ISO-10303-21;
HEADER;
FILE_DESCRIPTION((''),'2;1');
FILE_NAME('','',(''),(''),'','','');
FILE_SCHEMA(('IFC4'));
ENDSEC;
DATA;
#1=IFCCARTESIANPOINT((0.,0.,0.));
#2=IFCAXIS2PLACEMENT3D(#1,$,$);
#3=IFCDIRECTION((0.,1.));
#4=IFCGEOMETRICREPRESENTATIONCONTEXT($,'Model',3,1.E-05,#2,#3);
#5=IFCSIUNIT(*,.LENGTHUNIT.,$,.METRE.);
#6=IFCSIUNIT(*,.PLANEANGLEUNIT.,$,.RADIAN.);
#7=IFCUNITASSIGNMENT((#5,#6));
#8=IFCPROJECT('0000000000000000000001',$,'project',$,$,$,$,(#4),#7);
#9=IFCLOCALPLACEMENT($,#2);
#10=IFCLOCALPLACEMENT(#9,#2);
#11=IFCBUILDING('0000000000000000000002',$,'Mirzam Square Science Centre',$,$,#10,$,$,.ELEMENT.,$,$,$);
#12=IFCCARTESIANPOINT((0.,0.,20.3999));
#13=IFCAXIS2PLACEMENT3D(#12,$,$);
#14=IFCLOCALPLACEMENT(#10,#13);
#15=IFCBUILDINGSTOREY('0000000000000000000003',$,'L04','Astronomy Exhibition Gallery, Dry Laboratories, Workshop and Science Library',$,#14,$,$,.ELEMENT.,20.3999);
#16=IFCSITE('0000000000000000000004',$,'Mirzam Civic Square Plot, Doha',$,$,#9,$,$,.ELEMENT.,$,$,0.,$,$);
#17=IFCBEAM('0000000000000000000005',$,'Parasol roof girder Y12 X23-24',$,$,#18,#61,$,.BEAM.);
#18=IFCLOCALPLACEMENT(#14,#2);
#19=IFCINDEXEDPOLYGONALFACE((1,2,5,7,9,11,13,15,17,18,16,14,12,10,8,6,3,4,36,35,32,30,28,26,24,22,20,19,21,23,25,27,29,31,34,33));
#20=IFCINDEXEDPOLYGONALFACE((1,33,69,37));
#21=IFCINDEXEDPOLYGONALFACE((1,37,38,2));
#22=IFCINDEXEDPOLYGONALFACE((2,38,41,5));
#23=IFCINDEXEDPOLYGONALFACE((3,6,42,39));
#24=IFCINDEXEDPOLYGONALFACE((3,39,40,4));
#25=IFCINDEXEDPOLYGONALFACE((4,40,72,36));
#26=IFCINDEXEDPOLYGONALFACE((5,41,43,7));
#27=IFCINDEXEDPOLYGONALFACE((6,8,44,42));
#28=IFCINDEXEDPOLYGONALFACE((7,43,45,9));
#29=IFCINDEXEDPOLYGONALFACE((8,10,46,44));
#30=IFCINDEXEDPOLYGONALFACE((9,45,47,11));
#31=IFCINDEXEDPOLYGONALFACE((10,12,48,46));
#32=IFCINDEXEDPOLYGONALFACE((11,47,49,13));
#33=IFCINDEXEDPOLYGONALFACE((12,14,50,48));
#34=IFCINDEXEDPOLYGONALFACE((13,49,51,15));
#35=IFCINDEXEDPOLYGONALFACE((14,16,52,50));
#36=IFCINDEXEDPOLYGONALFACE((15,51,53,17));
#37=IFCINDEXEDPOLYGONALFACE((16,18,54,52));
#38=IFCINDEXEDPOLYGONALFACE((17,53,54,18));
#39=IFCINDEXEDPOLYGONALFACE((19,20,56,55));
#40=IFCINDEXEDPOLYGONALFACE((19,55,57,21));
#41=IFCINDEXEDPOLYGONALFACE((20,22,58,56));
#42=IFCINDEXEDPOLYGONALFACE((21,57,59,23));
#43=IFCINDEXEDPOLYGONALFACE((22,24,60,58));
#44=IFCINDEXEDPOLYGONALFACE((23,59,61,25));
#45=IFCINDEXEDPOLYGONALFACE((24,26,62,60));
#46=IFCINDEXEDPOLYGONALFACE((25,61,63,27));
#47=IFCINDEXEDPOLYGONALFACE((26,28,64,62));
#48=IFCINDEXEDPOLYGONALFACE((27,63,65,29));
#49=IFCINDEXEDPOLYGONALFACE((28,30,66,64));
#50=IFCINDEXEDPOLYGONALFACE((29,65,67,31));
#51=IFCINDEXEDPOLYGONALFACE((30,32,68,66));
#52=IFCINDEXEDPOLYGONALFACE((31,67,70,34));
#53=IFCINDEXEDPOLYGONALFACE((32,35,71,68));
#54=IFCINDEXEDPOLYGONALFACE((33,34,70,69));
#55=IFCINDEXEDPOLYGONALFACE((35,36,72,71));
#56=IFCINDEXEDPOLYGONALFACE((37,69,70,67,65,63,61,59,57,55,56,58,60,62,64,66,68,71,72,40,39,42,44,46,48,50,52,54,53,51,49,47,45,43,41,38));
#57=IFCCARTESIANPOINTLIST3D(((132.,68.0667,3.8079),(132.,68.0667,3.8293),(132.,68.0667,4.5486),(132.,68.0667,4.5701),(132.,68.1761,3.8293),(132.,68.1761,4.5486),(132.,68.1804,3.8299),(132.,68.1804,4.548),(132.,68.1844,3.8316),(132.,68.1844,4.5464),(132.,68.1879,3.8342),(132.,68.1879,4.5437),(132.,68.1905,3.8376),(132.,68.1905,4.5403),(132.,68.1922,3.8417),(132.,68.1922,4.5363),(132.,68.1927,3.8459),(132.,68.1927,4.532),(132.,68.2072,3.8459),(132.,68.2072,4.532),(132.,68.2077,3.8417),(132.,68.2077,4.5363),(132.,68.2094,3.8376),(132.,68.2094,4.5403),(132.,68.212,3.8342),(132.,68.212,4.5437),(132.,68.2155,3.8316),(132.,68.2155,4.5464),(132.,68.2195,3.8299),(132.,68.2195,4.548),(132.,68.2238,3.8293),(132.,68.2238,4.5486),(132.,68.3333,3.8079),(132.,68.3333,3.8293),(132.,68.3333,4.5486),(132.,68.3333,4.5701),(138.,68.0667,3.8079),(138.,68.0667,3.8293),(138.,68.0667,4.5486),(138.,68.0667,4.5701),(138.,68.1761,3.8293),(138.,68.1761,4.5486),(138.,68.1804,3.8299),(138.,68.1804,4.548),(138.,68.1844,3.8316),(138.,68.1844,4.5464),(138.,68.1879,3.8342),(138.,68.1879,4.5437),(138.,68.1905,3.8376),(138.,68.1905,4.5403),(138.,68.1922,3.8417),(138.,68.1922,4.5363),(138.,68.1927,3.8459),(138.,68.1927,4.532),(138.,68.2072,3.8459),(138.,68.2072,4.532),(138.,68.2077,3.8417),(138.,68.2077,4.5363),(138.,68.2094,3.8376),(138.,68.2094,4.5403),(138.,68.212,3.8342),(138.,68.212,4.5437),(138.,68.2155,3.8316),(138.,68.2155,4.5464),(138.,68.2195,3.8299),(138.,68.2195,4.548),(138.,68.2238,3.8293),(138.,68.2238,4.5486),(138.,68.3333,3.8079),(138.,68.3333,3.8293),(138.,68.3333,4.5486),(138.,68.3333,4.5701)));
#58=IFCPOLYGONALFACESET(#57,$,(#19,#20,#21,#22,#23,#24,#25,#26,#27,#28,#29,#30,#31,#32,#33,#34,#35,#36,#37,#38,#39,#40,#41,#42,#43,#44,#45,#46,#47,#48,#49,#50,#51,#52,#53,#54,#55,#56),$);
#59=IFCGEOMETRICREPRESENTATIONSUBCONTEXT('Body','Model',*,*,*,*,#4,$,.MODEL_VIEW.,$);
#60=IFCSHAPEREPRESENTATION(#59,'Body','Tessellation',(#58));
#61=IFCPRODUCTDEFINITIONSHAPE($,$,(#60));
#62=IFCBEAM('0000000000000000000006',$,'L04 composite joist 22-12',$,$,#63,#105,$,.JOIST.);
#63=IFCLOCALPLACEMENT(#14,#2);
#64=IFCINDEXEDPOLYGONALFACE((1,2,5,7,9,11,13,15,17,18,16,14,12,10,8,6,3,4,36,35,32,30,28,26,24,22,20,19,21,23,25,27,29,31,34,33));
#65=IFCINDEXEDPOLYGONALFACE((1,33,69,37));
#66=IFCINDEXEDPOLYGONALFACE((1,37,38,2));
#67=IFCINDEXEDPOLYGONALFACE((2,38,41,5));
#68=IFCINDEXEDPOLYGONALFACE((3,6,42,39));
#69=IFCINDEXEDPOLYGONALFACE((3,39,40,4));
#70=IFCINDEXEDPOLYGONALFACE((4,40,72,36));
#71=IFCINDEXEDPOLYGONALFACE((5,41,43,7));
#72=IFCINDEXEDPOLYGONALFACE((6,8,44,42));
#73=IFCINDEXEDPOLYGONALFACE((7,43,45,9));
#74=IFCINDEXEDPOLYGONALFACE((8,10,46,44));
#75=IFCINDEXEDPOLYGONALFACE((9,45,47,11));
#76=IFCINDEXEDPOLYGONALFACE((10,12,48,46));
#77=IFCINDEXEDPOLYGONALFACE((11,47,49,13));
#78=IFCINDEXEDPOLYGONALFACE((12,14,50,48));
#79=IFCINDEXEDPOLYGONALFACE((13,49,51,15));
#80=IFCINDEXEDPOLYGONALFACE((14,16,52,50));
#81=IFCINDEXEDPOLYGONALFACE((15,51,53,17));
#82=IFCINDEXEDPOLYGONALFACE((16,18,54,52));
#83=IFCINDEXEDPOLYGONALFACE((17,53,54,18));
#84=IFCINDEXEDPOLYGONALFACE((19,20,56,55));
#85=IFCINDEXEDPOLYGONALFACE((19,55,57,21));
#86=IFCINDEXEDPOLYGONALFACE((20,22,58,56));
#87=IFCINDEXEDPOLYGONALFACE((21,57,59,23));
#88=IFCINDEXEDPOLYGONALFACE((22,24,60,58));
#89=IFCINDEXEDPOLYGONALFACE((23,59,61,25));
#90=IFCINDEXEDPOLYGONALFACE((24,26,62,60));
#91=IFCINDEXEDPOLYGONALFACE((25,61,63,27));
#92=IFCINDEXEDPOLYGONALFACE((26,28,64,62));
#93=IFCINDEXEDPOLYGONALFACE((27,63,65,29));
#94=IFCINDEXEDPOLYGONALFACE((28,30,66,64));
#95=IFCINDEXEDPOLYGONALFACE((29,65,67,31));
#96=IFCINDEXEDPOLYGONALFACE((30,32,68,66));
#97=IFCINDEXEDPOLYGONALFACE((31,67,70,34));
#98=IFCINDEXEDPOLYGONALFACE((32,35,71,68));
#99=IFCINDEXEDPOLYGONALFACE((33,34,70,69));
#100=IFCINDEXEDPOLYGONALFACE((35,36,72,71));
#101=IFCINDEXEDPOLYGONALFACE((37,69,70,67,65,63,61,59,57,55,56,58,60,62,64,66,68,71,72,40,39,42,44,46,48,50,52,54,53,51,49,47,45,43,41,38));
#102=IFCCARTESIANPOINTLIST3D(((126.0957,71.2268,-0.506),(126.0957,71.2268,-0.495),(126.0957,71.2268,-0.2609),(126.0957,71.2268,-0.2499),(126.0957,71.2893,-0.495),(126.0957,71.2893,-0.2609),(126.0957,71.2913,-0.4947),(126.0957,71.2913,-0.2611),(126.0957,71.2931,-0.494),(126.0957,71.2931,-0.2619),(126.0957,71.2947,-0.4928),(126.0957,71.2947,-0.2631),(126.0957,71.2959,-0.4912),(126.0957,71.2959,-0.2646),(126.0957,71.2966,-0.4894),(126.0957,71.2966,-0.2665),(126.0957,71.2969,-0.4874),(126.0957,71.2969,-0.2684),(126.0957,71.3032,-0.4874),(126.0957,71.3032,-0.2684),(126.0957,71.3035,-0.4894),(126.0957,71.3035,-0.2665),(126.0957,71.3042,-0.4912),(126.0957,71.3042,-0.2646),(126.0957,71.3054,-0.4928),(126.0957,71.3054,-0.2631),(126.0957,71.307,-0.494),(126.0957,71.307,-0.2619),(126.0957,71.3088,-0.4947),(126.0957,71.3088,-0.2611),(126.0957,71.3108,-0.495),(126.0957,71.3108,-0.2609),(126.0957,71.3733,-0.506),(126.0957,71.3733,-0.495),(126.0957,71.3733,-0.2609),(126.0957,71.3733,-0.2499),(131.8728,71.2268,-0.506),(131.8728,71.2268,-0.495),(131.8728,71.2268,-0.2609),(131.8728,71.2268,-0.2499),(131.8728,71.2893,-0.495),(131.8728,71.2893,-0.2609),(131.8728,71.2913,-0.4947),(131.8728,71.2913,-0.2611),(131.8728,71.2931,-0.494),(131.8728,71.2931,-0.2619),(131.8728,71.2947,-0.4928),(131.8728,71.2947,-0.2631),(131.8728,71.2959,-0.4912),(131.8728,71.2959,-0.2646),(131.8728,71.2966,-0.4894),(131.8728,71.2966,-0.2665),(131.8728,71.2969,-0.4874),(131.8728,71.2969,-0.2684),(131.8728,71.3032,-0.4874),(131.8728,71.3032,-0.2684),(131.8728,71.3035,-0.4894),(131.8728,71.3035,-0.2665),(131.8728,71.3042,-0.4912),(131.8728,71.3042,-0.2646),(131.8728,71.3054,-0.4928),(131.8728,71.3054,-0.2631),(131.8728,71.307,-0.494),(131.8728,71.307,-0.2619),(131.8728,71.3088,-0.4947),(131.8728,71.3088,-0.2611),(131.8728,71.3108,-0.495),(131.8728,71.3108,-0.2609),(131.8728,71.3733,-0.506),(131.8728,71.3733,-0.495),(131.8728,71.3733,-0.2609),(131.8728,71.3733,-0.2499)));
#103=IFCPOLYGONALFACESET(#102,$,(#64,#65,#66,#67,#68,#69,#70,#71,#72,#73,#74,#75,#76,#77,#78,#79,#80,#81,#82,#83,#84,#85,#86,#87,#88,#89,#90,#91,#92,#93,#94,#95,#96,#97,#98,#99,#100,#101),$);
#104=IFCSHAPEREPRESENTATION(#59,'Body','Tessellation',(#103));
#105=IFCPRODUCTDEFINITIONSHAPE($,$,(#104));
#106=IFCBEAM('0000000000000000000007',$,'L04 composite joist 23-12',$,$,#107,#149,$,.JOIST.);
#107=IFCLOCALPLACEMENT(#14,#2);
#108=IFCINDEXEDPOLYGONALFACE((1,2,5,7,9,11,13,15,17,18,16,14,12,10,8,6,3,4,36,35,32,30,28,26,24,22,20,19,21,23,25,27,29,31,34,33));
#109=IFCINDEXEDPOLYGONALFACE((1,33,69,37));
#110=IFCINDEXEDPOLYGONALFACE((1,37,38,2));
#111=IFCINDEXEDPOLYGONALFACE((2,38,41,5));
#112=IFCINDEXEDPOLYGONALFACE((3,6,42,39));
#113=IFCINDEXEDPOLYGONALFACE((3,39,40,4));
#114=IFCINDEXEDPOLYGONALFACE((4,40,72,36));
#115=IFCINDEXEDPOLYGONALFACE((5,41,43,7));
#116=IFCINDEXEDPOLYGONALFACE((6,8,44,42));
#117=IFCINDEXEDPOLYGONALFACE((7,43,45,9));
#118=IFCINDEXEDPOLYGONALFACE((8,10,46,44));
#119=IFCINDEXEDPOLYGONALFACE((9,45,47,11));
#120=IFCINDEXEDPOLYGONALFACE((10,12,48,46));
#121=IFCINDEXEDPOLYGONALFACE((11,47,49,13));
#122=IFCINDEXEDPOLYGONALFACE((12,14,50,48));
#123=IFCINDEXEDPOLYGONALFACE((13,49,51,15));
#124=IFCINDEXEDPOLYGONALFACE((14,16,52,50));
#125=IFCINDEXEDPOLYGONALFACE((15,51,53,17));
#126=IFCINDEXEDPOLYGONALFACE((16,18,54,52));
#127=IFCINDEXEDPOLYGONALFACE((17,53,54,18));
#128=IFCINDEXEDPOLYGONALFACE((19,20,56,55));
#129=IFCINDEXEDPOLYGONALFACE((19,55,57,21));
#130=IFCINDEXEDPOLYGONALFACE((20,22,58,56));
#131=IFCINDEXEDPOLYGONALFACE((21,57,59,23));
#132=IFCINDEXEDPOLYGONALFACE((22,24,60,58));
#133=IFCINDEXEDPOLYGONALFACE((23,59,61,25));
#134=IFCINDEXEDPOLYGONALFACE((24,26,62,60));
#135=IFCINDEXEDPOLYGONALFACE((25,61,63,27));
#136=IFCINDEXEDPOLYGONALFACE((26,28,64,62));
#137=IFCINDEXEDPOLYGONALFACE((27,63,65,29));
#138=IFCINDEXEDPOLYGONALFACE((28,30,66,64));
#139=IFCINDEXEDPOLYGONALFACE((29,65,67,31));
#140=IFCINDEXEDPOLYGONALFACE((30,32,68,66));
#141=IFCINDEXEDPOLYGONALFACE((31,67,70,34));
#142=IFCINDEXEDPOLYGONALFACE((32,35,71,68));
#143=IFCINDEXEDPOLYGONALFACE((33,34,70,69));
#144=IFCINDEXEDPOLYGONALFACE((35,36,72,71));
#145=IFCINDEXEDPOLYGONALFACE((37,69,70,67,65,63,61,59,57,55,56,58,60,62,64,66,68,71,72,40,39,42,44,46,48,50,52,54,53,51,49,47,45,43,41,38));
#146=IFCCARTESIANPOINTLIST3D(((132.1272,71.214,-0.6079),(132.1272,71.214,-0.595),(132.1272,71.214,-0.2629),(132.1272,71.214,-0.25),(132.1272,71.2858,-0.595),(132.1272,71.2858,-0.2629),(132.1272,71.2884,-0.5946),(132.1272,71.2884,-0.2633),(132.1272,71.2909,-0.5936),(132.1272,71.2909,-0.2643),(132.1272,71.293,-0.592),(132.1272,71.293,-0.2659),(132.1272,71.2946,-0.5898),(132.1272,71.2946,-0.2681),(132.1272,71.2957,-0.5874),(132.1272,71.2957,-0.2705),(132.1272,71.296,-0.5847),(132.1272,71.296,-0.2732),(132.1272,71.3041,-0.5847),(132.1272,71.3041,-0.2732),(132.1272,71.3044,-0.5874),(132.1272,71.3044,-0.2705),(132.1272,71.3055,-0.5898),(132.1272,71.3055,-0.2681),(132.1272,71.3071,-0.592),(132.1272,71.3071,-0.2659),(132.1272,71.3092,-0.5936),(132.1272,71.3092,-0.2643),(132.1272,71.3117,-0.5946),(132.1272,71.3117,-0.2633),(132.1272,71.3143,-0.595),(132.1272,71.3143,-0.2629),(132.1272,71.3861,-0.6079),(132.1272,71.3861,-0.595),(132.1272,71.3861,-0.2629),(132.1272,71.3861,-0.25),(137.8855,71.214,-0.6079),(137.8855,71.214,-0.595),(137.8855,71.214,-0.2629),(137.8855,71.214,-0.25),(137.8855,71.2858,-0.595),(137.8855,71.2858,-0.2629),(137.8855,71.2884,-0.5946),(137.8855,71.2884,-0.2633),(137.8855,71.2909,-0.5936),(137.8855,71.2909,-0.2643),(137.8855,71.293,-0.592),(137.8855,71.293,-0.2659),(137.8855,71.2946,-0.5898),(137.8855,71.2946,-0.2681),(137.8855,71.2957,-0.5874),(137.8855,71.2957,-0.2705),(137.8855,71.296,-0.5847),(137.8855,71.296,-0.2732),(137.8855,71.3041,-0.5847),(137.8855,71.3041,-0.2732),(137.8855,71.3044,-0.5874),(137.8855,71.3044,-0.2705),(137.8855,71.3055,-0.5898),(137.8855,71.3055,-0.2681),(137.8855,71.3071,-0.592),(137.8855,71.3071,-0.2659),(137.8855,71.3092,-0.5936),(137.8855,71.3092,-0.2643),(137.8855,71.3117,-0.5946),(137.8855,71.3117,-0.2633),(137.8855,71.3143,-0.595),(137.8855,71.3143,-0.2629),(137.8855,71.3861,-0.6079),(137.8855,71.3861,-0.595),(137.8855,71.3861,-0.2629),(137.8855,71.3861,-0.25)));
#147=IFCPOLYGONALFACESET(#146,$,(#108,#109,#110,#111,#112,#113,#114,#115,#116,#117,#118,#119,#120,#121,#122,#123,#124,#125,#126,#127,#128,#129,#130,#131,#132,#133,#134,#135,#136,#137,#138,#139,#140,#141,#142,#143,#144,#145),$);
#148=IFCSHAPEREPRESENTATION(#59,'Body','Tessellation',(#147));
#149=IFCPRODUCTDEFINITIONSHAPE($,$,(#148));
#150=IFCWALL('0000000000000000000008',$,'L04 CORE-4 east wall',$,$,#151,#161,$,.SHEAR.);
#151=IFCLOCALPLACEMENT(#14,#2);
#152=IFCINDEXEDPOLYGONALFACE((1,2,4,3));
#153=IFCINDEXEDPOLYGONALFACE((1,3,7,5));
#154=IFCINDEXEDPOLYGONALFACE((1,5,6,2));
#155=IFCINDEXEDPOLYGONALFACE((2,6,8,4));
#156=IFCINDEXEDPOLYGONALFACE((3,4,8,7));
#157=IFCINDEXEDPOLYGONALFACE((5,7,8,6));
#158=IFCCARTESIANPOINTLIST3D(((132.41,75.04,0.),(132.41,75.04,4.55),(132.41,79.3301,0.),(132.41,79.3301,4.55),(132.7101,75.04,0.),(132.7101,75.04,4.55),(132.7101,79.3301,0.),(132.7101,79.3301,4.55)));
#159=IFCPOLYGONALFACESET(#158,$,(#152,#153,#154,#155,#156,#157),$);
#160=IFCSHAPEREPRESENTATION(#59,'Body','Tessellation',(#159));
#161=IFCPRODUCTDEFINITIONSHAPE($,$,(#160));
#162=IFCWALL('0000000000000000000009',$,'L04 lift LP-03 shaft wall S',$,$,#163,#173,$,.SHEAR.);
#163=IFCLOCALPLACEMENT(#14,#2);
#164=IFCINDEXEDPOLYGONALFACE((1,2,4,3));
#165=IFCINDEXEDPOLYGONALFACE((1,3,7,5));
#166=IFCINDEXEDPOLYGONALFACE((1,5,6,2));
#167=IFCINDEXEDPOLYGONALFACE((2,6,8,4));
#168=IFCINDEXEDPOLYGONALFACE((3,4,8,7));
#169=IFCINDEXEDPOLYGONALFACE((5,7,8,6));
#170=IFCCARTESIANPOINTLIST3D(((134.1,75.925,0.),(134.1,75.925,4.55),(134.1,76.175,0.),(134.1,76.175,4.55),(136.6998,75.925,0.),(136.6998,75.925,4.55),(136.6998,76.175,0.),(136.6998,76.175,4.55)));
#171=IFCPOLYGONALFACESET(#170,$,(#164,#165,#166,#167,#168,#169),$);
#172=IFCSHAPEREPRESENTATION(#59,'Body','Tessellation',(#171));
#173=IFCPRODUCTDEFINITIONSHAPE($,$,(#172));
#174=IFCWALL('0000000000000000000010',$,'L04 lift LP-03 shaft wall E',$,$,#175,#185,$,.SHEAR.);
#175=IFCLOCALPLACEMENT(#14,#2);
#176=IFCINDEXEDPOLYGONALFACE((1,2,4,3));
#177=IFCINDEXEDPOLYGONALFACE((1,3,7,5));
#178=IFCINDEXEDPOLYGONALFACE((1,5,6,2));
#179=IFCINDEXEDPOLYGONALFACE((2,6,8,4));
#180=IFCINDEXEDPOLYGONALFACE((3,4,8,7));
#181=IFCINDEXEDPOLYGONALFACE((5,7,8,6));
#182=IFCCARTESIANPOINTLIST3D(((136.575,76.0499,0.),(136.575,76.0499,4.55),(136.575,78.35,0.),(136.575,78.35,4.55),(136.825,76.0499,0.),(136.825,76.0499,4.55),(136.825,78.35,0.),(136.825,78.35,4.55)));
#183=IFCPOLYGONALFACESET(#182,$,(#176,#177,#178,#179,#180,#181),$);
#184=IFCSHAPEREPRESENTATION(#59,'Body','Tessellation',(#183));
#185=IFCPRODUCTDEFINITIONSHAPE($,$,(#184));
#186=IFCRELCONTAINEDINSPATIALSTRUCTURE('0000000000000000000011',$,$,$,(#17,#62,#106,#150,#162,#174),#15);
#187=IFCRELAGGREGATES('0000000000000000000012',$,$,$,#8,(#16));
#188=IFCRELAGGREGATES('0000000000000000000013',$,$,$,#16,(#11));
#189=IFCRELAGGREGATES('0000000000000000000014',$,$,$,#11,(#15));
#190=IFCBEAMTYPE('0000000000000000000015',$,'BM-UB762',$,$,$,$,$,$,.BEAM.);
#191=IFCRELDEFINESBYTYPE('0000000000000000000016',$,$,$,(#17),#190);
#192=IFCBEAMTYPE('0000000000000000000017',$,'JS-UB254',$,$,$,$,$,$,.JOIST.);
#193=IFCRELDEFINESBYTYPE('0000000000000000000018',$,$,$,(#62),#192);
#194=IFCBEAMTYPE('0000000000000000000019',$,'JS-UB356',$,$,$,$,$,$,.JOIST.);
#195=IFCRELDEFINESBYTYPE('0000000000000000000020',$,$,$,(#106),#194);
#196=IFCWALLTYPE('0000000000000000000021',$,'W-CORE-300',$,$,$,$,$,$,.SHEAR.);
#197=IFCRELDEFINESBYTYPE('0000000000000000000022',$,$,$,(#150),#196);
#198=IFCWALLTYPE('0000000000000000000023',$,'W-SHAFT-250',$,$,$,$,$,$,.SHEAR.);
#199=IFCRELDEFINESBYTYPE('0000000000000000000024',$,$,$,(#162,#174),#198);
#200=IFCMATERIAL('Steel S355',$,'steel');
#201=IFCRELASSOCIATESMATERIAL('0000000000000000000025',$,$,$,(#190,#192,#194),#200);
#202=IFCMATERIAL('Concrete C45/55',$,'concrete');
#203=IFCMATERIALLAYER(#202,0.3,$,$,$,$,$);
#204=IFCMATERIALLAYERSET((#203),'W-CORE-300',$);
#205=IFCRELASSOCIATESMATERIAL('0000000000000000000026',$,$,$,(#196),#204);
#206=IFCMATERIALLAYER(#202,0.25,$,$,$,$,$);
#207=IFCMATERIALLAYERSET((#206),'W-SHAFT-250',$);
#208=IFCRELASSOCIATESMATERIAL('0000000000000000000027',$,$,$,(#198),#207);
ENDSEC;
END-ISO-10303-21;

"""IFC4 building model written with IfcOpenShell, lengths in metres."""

from ifc_helpers import new_model, si_unit, direction, frame, frame_2d, origin, origin_2d, place, context, subcontext, project, spatial, rectangle, i_section, extrude, material, layer, layer_set, material_profile, profile_set, type_object, element, save


model = new_model("IFC4")

# Units and contexts
model_context = context("Model", 3, precision=1e-05, world=origin(), true_north=direction((0.0, 1.0)))
body_context = subcontext(model_context, "Body", "Model", "MODEL_VIEW")
ifc_project = project(units=[si_unit("LENGTHUNIT", "METRE"), si_unit("PLANEANGLEUNIT", "RADIAN")], contexts=[model_context])

# Site, building, storey
site_placement = place(None, origin())
site = spatial("IfcSite", under=ifc_project, at=site_placement, Name="Mirzam Civic Square Plot, Doha", CompositionType="ELEMENT", RefElevation=0.0)
building_placement = place(site_placement, origin())
building = spatial("IfcBuilding", under=site, at=building_placement, Name="Mirzam Square Science Centre", CompositionType="ELEMENT")
storey_placement = place(building_placement, frame((0.0, 0.0, 20.3999)))
storey = spatial("IfcBuildingStorey", under=building, at=storey_placement, Name="L04", Description="Astronomy Exhibition Gallery, Dry Laboratories, Workshop and Science Library", CompositionType="ELEMENT", Elevation=20.3999)

# Shared definitions
ifc_material_1 = material(Name="Steel S355", Category="steel")

# Beams
ifc_material_profile_1 = material_profile(ifc_material_1, i_section(OverallWidth=0.2666, OverallDepth=0.7622, WebThickness=0.0144, FlangeThickness=0.0215, FilletRadius=0.0166, at=origin_2d()), Name="762x267x173UB")
ifc_profile_set_1 = profile_set([ifc_material_profile_1], Name="Steel S355")
beam_type_1 = type_object("IfcBeamType", Name="BM-UB762", PredefinedType="BEAM", material=ifc_profile_set_1)
beam_1_placement = place(storey_placement, frame((132.0, 68.2, 4.189), z_axis=(1.0, 0.0, 0.0), x_axis=(0.0, 1.0, 0.0)))
element("IfcBeam", 1, at=beam_1_placement, inside=storey, type_object=beam_type_1, Name="Parasol roof girder Y12 X23-24", PredefinedType="BEAM", context=body_context, shape_type="SweptSolid", body=[
    extrude(i_section(OverallWidth=0.2666, OverallDepth=0.7622, WebThickness=0.0144, FlangeThickness=0.0215, FilletRadius=0.0166, at=origin_2d()), origin(), (0.0, 0.0, 1.0), 6.0),
])
ifc_material_profile_2 = material_profile(ifc_material_1, i_section(OverallWidth=0.1465, OverallDepth=0.2561, WebThickness=0.0063, FlangeThickness=0.011, FilletRadius=0.0076, at=origin_2d()), Name="254x146x37UB")
ifc_profile_set_2 = profile_set([ifc_material_profile_2], Name="Steel S355")
beam_type_2 = type_object("IfcBeamType", Name="JS-UB254", PredefinedType="JOIST", material=ifc_profile_set_2)
beam_2_placement = place(storey_placement, frame((126.0957, 71.3, -0.3779), z_axis=(1.0, 0.0, 0.0), x_axis=(0.0, 1.0, 0.0)))
element("IfcBeam", 2, at=beam_2_placement, inside=storey, type_object=beam_type_2, Name="L04 composite joist 22-12", PredefinedType="JOIST", context=body_context, shape_type="SweptSolid", body=[
    extrude(i_section(OverallWidth=0.1465, OverallDepth=0.2561, WebThickness=0.0063, FlangeThickness=0.011, FilletRadius=0.0076, at=origin_2d()), origin(), (0.0, 0.0, 1.0), 5.7771),
])
ifc_material_profile_3 = material_profile(ifc_material_1, i_section(OverallWidth=0.1721, OverallDepth=0.3579, WebThickness=0.0081, FlangeThickness=0.0129, FilletRadius=0.0103, at=origin_2d()), Name="356x171x57UB")
ifc_profile_set_3 = profile_set([ifc_material_profile_3], Name="Steel S355")
beam_type_3 = type_object("IfcBeamType", Name="JS-UB356", PredefinedType="JOIST", material=ifc_profile_set_3)
beam_3_placement = place(storey_placement, frame((132.1272, 71.3, -0.429), z_axis=(1.0, 0.0, 0.0), x_axis=(0.0, 1.0, 0.0)))
element("IfcBeam", 3, at=beam_3_placement, inside=storey, type_object=beam_type_3, Name="L04 composite joist 23-12", PredefinedType="JOIST", context=body_context, shape_type="SweptSolid", body=[
    extrude(i_section(OverallWidth=0.1721, OverallDepth=0.3579, WebThickness=0.0081, FlangeThickness=0.0129, FilletRadius=0.0103, at=origin_2d()), origin(), (0.0, 0.0, 1.0), 5.7583),
])

# Walls
ifc_material_2 = material(Name="Concrete C45/55", Category="concrete")
ifc_layer_1 = layer(ifc_material_2, 0.3)
ifc_layer_set_1 = layer_set([ifc_layer_1], Name="W-CORE-300")
wall_type_1 = type_object("IfcWallType", Name="W-CORE-300", PredefinedType="SHEAR", material=ifc_layer_set_1)
wall_1_placement = place(storey_placement, frame((132.5601, 75.04, 0.0), z_axis=(0.0, 0.0, 1.0), x_axis=(0.0, 1.0, 0.0)))
element("IfcWall", 4, at=wall_1_placement, inside=storey, type_object=wall_type_1, Name="L04 CORE-4 east wall", PredefinedType="SHEAR", context=body_context, shape_type="SweptSolid", body=[
    extrude(rectangle(XDim=4.29, YDim=0.3, at=frame_2d((2.145, 0.0))), origin(), (0.0, 0.0, 1.0), 4.55),
])
ifc_layer_2 = layer(ifc_material_2, 0.25)
ifc_layer_set_2 = layer_set([ifc_layer_2], Name="W-SHAFT-250")
wall_type_2 = type_object("IfcWallType", Name="W-SHAFT-250", PredefinedType="SHEAR", material=ifc_layer_set_2)
wall_2_placement = place(storey_placement, frame((134.1001, 76.05, 0.0), z_axis=(0.0, 0.0, 1.0), x_axis=(1.0, 0.0, 0.0)))
element("IfcWall", 5, at=wall_2_placement, inside=storey, type_object=wall_type_2, Name="L04 lift LP-03 shaft wall S", PredefinedType="SHEAR", context=body_context, shape_type="SweptSolid", body=[
    extrude(rectangle(XDim=2.5999, YDim=0.25, at=frame_2d((1.2998, 0.0))), origin(), (0.0, 0.0, 1.0), 4.55),
])
wall_3_placement = place(storey_placement, frame((136.7, 76.05, 0.0), z_axis=(0.0, 0.0, 1.0), x_axis=(0.0, 1.0, 0.0)))
element("IfcWall", 6, at=wall_3_placement, inside=storey, type_object=wall_type_2, Name="L04 lift LP-03 shaft wall E", PredefinedType="SHEAR", context=body_context, shape_type="SweptSolid", body=[
    extrude(rectangle(XDim=2.3, YDim=0.25, at=frame_2d((1.1499, 0.0))), origin(), (0.0, 0.0, 1.0), 4.55),
])

save(model, "model.ifc")
